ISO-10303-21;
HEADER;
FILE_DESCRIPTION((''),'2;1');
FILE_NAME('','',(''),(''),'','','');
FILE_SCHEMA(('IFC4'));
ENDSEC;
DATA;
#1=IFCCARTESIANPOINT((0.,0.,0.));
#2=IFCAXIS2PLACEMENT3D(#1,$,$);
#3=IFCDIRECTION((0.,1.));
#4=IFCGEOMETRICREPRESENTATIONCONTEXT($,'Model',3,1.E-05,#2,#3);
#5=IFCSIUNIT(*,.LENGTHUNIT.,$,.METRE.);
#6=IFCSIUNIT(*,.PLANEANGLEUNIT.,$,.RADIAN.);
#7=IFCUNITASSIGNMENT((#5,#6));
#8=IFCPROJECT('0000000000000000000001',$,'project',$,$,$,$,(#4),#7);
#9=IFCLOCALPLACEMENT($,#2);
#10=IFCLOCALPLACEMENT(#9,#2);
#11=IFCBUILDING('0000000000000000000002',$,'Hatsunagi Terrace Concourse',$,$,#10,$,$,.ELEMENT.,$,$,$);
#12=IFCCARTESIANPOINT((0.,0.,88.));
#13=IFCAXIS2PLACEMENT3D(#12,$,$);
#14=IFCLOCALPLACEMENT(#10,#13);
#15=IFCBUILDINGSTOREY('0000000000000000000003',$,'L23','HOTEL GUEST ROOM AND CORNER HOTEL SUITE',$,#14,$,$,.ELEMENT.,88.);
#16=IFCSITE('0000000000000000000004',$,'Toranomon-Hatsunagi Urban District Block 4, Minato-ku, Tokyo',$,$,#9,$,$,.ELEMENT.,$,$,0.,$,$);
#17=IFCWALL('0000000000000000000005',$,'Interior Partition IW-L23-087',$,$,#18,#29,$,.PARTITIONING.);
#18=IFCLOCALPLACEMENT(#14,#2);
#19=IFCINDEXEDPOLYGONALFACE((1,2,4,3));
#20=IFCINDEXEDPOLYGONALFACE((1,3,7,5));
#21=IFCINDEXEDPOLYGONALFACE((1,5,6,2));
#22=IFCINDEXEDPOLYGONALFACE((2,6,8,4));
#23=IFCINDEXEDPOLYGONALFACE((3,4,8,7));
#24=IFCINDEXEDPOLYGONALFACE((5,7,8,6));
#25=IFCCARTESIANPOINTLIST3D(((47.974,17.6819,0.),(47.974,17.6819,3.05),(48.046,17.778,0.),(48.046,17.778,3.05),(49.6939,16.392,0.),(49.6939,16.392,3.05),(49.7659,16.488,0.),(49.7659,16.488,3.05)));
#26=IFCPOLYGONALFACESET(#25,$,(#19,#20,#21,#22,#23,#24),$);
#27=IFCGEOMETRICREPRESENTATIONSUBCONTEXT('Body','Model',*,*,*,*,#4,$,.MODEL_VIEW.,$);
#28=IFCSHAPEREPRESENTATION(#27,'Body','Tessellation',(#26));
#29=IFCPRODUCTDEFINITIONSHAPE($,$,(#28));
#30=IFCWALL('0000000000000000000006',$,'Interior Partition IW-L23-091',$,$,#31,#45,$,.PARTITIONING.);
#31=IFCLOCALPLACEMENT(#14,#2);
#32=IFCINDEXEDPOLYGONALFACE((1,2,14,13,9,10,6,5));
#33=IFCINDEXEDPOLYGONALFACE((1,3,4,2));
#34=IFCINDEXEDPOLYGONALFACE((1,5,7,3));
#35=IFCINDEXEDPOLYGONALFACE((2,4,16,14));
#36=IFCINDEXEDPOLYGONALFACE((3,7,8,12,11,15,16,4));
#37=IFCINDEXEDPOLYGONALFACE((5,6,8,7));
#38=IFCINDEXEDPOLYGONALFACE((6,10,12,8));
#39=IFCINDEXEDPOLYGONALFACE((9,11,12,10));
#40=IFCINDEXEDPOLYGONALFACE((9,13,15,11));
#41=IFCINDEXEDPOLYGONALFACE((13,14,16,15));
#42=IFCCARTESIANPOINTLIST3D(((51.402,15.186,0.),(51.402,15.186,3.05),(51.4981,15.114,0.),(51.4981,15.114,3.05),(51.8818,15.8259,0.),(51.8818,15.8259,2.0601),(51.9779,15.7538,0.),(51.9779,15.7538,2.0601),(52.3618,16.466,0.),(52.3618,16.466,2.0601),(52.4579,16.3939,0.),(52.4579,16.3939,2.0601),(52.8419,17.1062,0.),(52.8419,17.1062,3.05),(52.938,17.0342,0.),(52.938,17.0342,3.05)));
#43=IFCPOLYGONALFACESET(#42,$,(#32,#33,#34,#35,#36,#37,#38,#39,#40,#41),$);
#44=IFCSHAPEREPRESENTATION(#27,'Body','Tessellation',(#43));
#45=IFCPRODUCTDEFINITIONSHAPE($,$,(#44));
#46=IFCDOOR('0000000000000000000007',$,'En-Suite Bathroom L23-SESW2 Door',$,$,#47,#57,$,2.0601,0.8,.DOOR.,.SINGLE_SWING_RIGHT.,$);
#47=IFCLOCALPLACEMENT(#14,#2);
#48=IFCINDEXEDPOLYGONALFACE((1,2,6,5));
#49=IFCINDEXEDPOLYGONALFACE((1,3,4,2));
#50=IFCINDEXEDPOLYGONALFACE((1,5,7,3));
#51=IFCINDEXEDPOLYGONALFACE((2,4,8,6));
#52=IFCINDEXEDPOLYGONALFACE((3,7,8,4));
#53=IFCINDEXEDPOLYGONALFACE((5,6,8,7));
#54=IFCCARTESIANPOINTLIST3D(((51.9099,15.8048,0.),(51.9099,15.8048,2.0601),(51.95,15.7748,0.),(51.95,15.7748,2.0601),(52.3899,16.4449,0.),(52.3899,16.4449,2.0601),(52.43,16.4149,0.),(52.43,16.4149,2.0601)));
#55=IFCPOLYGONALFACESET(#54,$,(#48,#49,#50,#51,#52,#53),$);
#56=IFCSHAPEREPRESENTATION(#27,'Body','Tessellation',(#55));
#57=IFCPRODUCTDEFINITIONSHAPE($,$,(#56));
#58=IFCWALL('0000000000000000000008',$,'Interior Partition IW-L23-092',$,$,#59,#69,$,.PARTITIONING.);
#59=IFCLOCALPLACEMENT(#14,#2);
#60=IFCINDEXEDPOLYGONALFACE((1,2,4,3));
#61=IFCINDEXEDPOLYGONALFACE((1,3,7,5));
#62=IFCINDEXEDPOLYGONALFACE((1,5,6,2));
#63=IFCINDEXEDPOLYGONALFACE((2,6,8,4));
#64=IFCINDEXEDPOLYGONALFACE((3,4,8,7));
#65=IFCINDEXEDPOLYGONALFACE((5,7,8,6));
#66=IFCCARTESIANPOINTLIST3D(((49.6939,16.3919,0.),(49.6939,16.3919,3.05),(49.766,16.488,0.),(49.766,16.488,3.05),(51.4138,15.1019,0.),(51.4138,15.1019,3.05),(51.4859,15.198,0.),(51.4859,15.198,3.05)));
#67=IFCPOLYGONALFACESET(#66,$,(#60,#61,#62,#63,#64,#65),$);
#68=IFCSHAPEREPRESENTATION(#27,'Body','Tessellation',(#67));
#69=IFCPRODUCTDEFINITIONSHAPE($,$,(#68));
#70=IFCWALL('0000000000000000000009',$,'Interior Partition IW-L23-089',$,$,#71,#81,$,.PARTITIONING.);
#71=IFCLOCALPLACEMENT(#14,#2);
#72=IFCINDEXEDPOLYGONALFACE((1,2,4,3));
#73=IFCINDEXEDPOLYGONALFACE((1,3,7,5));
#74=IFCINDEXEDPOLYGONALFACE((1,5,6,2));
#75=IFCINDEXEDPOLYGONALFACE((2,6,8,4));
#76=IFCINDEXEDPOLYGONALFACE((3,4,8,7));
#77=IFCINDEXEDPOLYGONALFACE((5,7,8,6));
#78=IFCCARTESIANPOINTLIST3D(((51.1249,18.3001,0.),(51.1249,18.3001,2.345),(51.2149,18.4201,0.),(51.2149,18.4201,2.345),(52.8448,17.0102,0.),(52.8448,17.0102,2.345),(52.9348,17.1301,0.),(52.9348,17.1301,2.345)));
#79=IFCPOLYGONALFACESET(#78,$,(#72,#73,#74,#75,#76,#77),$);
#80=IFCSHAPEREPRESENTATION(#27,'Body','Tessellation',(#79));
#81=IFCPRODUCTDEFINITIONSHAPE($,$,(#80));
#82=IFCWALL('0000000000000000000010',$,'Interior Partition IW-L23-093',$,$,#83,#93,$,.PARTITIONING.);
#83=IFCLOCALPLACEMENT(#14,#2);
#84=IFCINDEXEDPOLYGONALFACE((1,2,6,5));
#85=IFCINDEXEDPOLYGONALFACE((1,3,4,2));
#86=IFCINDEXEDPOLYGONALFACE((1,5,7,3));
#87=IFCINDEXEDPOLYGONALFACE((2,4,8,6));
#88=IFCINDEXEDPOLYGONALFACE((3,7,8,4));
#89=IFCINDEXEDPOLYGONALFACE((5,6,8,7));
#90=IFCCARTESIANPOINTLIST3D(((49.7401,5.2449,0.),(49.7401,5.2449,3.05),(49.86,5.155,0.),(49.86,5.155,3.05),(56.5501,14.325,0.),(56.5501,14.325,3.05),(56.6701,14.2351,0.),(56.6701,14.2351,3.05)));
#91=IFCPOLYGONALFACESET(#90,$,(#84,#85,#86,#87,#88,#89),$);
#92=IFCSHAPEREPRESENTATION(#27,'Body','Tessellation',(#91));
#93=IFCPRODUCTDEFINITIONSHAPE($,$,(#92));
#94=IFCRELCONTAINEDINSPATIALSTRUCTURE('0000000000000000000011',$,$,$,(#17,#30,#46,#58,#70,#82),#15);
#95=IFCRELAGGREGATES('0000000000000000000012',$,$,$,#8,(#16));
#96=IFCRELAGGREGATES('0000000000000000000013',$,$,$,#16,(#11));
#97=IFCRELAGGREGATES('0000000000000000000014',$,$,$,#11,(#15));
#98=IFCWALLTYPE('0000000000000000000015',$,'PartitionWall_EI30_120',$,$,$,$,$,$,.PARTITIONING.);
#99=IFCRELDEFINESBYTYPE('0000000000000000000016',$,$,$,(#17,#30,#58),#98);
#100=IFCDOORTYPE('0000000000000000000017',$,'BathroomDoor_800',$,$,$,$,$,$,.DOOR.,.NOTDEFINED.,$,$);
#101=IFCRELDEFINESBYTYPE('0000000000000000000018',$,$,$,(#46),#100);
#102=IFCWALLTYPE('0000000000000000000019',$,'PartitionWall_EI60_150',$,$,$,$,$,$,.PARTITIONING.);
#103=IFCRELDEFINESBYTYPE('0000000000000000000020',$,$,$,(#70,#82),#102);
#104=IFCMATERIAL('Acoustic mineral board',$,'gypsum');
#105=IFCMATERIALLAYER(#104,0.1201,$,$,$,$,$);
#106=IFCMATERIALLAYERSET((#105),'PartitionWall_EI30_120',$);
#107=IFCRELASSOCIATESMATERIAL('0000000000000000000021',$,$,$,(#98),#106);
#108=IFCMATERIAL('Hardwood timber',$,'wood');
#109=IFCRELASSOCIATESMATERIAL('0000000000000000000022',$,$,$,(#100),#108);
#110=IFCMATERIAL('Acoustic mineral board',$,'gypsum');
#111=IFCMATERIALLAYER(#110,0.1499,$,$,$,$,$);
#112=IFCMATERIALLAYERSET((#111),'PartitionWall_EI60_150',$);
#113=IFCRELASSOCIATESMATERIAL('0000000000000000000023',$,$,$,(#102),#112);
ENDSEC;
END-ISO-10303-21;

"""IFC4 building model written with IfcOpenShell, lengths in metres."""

from ifc_helpers import new_model, si_unit, direction, frame, frame_2d, origin, place, context, subcontext, project, spatial, rectangle, extrude, material, layer, layer_set, type_object, element, fill, save


model = new_model("IFC4")

# Units and contexts
model_context = context("Model", 3, precision=1e-05, world=origin(), true_north=direction((0.0, 1.0)))
body_context = subcontext(model_context, "Body", "Model", "MODEL_VIEW")
ifc_project = project(units=[si_unit("LENGTHUNIT", "METRE"), si_unit("PLANEANGLEUNIT", "RADIAN")], contexts=[model_context])

# Site, building, storey
site_placement = place(None, origin())
site = spatial("IfcSite", under=ifc_project, at=site_placement, Name="Toranomon-Hatsunagi Urban District Block 4, Minato-ku, Tokyo", CompositionType="ELEMENT", RefElevation=0.0)
building_placement = place(site_placement, origin())
building = spatial("IfcBuilding", under=site, at=building_placement, Name="Hatsunagi Terrace Concourse", CompositionType="ELEMENT")
storey_placement = place(building_placement, frame((0.0, 0.0, 88.0)))
storey = spatial("IfcBuildingStorey", under=building, at=storey_placement, Name="L23", Description="HOTEL GUEST ROOM AND CORNER HOTEL SUITE", CompositionType="ELEMENT", Elevation=88.0)

# Shared definitions
ifc_material_1 = material(Name="Acoustic mineral board", Category="gypsum")
ifc_layer_1 = layer(ifc_material_1, 0.1201)
ifc_layer_set_1 = layer_set([ifc_layer_1], Name="PartitionWall_EI30_120")
wall_type_1 = type_object("IfcWallType", Name="PartitionWall_EI30_120", PredefinedType="PARTITIONING", material=ifc_layer_set_1)
ifc_material_2 = material(Name="Hardwood timber", Category="wood")
door_type = type_object("IfcDoorType", Name="BathroomDoor_800", OperationType="NOTDEFINED", PredefinedType="DOOR", material=ifc_material_2)

# Wall
wall_1_placement = place(storey_placement, frame((48.01, 17.73, 0.0), z_axis=(0.0, 0.0, 1.0), x_axis=(0.799986, -0.600018, 0.0)))
element("IfcWall", 1, at=wall_1_placement, inside=storey, type_object=wall_type_1, Name="Interior Partition IW-L23-087", PredefinedType="PARTITIONING", context=body_context, shape_type="SweptSolid", body=[
    extrude(rectangle(XDim=2.1499, YDim=0.1201, at=frame_2d((1.075, 0.0))), origin(), (0.0, 0.0, 1.0), 3.05),
])

# Wall, opening, door
wall_2_placement = place(storey_placement, frame((51.45, 15.1499, 0.0), z_axis=(0.0, 0.0, 1.0), x_axis=(0.599951, 0.800037, 0.0)))
wall_2 = element("IfcWall", 2, at=wall_2_placement, inside=storey, type_object=wall_type_1, Name="Interior Partition IW-L23-091", PredefinedType="PARTITIONING", context=body_context, shape_type="SweptSolid", body=[
    extrude(rectangle(XDim=2.4001, YDim=0.1201, at=frame_2d((1.2002, 0.0))), origin(), (0.0, 0.0, 1.0), 3.05),
])
opening_1_placement = place(wall_2_placement, frame((0.8, 0.0, 0.0)))
opening_1 = element("IfcOpeningElement", 3, at=opening_1_placement, cuts=wall_2, PredefinedType="OPENING", context=body_context, shape_type="SweptSolid", body=[
    extrude(rectangle(XDim=0.8, YDim=2.0601, at=frame_2d((0.3999, 1.03))), frame((0.0, 0.0701, 0.0), z_axis=(0.0, -1.0, 0.0), x_axis=(1.0, 0.0, 0.0)), (0.0, 0.0, 1.0), 0.1401),
])
door_1_placement = place(opening_1_placement, origin())
door_1 = element("IfcDoor", 4, at=door_1_placement, inside=storey, type_object=door_type, Name="En-Suite Bathroom L23-SESW2 Door", OperationType="SINGLE_SWING_RIGHT", OverallHeight=2.0601, OverallWidth=0.8, PredefinedType="DOOR", context=body_context, shape_type="SweptSolid", body=[
    extrude(rectangle(XDim=0.8, YDim=2.0601, at=frame_2d((0.3999, 1.03))), frame((0.0, 0.0249, 0.0), z_axis=(0.0, -1.0, 0.0), x_axis=(1.0, 0.0, 0.0)), (0.0, 0.0, 1.0), 0.05),
])
fill(opening_1, door_1)

# Walls
wall_3_placement = place(storey_placement, frame((49.73, 16.4399, 0.0), z_axis=(0.0, 0.0, 1.0), x_axis=(0.799986, -0.600018, 0.0)))
element("IfcWall", 5, at=wall_3_placement, inside=storey, type_object=wall_type_1, Name="Interior Partition IW-L23-092", PredefinedType="PARTITIONING", context=body_context, shape_type="SweptSolid", body=[
    extrude(rectangle(XDim=2.1499, YDim=0.1201, at=frame_2d((1.075, 0.0))), origin(), (0.0, 0.0, 1.0), 3.05),
])
ifc_material_3 = material(Name="Acoustic mineral board", Category="gypsum")
ifc_layer_2 = layer(ifc_material_3, 0.1499)
ifc_layer_set_2 = layer_set([ifc_layer_2], Name="PartitionWall_EI60_150")
wall_type_2 = type_object("IfcWallType", Name="PartitionWall_EI60_150", PredefinedType="PARTITIONING", material=ifc_layer_set_2)
wall_4_placement = place(storey_placement, frame((51.1699, 18.3601, 0.0), z_axis=(0.0, 0.0, 1.0), x_axis=(0.799986, -0.600018, 0.0)))
element("IfcWall", 6, at=wall_4_placement, inside=storey, type_object=wall_type_2, Name="Interior Partition IW-L23-089", PredefinedType="PARTITIONING", context=body_context, shape_type="SweptSolid", body=[
    extrude(rectangle(XDim=2.1499, YDim=0.1499, at=frame_2d((1.075, 0.0))), origin(), (0.0, 0.0, 1.0), 2.345),
])
wall_5_placement = place(storey_placement, frame((49.8, 5.2, 0.0), z_axis=(0.0, 0.0, 1.0), x_axis=(0.6, 0.8, 0.0)))
element("IfcWall", 7, at=wall_5_placement, inside=storey, type_object=wall_type_2, Name="Interior Partition IW-L23-093", PredefinedType="PARTITIONING", context=body_context, shape_type="SweptSolid", body=[
    extrude(rectangle(XDim=11.3501, YDim=0.1499, at=frame_2d((5.675, 0.0))), origin(), (0.0, 0.0, 1.0), 3.05),
])

save(model, "model.ifc")
